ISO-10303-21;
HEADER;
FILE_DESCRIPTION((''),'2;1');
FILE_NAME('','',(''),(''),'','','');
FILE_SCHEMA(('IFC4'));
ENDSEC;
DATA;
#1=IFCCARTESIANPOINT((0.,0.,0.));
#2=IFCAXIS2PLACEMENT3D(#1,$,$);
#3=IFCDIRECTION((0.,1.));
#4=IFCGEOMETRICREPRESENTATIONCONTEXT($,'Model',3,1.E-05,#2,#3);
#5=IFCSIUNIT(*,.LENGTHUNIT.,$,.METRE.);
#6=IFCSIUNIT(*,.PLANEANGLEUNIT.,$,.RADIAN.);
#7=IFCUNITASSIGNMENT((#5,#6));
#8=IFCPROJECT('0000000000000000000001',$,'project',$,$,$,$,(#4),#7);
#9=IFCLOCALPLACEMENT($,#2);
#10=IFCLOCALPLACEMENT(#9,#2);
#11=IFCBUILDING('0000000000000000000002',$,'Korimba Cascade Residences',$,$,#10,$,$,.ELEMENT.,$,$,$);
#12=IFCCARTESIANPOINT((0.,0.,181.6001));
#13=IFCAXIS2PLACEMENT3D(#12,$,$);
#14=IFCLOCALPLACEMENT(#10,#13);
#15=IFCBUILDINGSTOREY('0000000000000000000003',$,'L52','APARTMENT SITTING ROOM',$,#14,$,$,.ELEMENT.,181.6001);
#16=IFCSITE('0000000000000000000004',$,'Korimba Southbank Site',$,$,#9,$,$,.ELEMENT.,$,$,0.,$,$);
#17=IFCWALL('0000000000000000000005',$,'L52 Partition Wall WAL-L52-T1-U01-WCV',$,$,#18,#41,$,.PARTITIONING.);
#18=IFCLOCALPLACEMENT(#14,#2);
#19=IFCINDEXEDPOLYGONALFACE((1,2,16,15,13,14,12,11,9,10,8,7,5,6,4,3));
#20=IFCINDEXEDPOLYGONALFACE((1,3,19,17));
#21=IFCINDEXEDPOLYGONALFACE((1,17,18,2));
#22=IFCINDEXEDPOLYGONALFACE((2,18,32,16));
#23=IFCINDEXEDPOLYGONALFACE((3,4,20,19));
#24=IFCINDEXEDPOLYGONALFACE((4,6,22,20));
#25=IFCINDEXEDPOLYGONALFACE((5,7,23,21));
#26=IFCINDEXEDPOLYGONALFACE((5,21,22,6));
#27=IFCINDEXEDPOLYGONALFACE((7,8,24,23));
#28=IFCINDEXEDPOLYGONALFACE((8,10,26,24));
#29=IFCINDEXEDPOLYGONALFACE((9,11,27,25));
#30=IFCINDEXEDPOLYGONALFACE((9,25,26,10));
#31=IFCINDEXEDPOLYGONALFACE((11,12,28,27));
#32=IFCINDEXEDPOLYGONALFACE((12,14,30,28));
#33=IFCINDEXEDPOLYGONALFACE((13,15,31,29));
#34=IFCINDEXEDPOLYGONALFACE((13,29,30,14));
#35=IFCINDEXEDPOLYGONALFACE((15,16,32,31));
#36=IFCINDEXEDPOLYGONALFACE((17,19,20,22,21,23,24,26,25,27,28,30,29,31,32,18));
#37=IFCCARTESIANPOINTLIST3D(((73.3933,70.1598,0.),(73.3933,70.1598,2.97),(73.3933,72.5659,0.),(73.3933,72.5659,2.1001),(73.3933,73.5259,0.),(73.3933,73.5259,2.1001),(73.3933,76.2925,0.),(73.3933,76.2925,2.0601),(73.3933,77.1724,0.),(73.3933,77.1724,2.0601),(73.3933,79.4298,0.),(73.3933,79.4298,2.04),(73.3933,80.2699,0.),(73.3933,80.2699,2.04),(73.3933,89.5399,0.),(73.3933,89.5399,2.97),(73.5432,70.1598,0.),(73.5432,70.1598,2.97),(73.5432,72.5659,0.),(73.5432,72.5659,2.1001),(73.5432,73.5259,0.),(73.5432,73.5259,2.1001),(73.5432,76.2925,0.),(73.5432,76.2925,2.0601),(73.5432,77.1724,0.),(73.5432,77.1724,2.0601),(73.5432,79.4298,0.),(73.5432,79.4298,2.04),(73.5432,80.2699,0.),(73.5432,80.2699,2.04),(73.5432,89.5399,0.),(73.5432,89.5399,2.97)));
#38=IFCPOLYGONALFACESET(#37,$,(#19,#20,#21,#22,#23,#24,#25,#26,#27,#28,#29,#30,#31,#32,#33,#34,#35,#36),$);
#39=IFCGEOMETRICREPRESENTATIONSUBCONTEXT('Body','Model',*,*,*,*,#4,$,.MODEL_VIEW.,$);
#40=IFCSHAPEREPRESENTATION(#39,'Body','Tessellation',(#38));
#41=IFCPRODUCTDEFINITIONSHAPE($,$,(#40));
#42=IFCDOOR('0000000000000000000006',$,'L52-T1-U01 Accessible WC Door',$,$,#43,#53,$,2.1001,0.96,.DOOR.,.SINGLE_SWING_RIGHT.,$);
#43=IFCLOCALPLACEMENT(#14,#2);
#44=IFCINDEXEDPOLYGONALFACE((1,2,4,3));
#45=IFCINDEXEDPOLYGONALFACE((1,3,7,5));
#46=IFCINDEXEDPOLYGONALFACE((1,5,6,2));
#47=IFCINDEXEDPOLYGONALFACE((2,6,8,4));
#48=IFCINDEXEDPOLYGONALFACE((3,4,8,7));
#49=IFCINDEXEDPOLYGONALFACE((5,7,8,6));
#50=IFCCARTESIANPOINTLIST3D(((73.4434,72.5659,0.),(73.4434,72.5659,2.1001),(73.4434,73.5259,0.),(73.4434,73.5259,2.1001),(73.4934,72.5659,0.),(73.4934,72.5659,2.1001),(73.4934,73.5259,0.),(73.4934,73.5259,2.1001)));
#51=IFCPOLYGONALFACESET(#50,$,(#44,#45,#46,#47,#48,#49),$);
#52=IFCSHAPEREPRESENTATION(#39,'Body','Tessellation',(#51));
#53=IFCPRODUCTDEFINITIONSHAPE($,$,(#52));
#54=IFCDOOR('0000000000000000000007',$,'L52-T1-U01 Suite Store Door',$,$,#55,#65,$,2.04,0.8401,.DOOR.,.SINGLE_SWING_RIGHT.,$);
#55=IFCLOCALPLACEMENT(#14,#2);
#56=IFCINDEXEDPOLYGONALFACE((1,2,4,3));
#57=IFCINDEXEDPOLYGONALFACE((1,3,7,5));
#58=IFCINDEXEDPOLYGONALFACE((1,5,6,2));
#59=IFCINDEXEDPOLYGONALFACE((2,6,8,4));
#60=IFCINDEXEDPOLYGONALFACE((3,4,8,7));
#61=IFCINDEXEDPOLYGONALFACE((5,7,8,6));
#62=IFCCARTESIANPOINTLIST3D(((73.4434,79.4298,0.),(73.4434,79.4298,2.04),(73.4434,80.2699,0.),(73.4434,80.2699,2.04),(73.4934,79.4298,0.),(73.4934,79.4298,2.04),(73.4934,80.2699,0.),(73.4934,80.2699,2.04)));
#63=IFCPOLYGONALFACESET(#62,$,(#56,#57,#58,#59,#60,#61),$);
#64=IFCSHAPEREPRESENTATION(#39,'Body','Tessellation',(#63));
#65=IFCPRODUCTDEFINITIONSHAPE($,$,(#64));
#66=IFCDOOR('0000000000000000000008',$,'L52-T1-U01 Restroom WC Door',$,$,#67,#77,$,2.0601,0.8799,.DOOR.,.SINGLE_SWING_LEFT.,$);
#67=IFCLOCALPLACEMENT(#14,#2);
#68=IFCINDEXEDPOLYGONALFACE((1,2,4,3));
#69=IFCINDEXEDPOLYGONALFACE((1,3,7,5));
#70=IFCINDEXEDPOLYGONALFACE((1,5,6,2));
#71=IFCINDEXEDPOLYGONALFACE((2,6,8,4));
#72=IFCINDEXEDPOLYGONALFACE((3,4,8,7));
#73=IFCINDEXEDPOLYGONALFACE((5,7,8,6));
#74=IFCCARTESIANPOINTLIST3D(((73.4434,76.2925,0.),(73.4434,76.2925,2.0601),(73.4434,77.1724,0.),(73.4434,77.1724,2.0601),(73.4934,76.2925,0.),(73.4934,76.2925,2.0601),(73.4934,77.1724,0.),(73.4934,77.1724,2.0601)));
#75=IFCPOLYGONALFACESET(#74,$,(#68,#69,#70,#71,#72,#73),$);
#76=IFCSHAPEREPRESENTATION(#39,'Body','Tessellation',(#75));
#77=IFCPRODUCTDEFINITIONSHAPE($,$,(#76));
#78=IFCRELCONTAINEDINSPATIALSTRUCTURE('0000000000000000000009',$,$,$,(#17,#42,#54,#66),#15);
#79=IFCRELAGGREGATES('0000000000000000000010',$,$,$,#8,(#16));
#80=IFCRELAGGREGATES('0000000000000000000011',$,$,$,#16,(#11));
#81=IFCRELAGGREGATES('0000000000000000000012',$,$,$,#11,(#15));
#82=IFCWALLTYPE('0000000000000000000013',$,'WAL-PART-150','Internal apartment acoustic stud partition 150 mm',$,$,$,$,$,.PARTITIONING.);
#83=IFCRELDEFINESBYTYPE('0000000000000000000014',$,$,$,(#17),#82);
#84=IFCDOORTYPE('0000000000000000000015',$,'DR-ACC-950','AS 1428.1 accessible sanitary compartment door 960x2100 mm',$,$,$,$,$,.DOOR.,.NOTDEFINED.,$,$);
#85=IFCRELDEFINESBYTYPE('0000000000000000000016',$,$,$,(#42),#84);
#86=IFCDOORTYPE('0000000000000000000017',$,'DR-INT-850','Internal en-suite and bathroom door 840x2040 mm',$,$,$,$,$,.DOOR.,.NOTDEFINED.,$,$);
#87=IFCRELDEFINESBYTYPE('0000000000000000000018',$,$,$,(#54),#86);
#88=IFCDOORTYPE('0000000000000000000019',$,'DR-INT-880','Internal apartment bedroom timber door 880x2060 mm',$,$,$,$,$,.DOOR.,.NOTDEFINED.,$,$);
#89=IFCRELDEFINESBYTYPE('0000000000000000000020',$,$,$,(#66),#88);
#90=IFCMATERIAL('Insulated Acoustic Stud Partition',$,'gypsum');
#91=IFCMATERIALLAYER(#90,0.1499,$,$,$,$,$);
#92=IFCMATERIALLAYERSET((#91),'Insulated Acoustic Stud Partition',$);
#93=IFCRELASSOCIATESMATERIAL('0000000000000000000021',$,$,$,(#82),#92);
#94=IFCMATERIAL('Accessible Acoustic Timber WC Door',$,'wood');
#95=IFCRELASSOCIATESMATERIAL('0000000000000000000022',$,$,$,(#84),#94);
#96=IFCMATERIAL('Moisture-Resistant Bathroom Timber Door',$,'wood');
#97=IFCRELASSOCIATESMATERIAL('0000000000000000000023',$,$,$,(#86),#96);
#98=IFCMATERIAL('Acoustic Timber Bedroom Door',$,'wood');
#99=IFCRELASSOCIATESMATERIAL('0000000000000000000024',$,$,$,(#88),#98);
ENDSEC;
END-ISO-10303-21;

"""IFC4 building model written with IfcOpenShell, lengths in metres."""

from ifc_helpers import new_model, si_unit, direction, frame, frame_2d, origin, place, context, subcontext, project, spatial, rectangle, extrude, material, layer, layer_set, type_object, element, fill, save


model = new_model("IFC4")

# Units and contexts
model_context = context("Model", 3, precision=1e-05, world=origin(), true_north=direction((0.0, 1.0)))
body_context = subcontext(model_context, "Body", "Model", "MODEL_VIEW")
ifc_project = project(units=[si_unit("LENGTHUNIT", "METRE"), si_unit("PLANEANGLEUNIT", "RADIAN")], contexts=[model_context])

# Site, building, storey
site_placement = place(None, origin())
site = spatial("IfcSite", under=ifc_project, at=site_placement, Name="Korimba Southbank Site", CompositionType="ELEMENT", RefElevation=0.0)
building_placement = place(site_placement, origin())
building = spatial("IfcBuilding", under=site, at=building_placement, Name="Korimba Cascade Residences", CompositionType="ELEMENT")
storey_placement = place(building_placement, frame((0.0, 0.0, 181.6001)))
storey = spatial("IfcBuildingStorey", under=building, at=storey_placement, Name="L52", Description="APARTMENT SITTING ROOM", CompositionType="ELEMENT", Elevation=181.6001)

# Shared definitions
ifc_material_1 = material(Name="Insulated Acoustic Stud Partition", Category="gypsum")
ifc_layer_1 = layer(ifc_material_1, 0.1499)
ifc_layer_set_1 = layer_set([ifc_layer_1], Name="Insulated Acoustic Stud Partition")
wall_type_1 = type_object("IfcWallType", Name="WAL-PART-150", Description="Internal apartment acoustic stud partition 150 mm", PredefinedType="PARTITIONING", material=ifc_layer_set_1)

# Wall, openings, doors
wall_1_placement = place(storey_placement, frame((73.4683, 70.1599, 0.0), z_axis=(0.0, 0.0, 1.0), x_axis=(0.0, 1.0, 0.0)))
wall_1 = element("IfcWall", 1, at=wall_1_placement, inside=storey, type_object=wall_type_1, Name="L52 Partition Wall WAL-L52-T1-U01-WCV", PredefinedType="PARTITIONING", context=body_context, shape_type="SweptSolid", body=[
    extrude(rectangle(XDim=19.3801, YDim=0.1499, at=frame_2d((9.6899, 0.0))), origin(), (0.0, 0.0, 1.0), 2.97),
])
opening_1_placement = place(wall_1_placement, frame((2.406, 0.0, 0.0)))
opening_1 = element("IfcOpeningElement", 2, at=opening_1_placement, cuts=wall_1, PredefinedType="OPENING", context=body_context, shape_type="SweptSolid", body=[
    extrude(rectangle(XDim=0.96, YDim=2.1001, at=frame_2d((0.48, 1.05))), frame((0.0, 0.085, 0.0), z_axis=(0.0, -1.0, 0.0), x_axis=(1.0, 0.0, 0.0)), (0.0, 0.0, 1.0), 0.1699),
])
opening_2_placement = place(wall_1_placement, frame((6.1326, 0.0, 0.0)))
opening_2 = element("IfcOpeningElement", 3, at=opening_2_placement, cuts=wall_1, PredefinedType="OPENING", context=body_context, shape_type="SweptSolid", body=[
    extrude(rectangle(XDim=0.8799, YDim=2.0601, at=frame_2d((0.4399, 1.03))), frame((0.0, 0.085, 0.0), z_axis=(0.0, -1.0, 0.0), x_axis=(1.0, 0.0, 0.0)), (0.0, 0.0, 1.0), 0.1699),
])
opening_3_placement = place(wall_1_placement, frame((9.27, 0.0, 0.0)))
opening_3 = element("IfcOpeningElement", 4, at=opening_3_placement, cuts=wall_1, PredefinedType="OPENING", context=body_context, shape_type="SweptSolid", body=[
    extrude(rectangle(XDim=0.8401, YDim=2.04, at=frame_2d((0.4199, 1.02))), frame((0.0, 0.085, 0.0), z_axis=(0.0, -1.0, 0.0), x_axis=(1.0, 0.0, 0.0)), (0.0, 0.0, 1.0), 0.1699),
])
ifc_material_2 = material(Name="Accessible Acoustic Timber WC Door", Category="wood")
door_type_1 = type_object("IfcDoorType", Name="DR-ACC-950", Description="AS 1428.1 accessible sanitary compartment door 960x2100 mm", OperationType="NOTDEFINED", PredefinedType="DOOR", material=ifc_material_2)
door_1_placement = place(opening_1_placement, origin())
door_1 = element("IfcDoor", 5, at=door_1_placement, inside=storey, type_object=door_type_1, Name="L52-T1-U01 Accessible WC Door", OperationType="SINGLE_SWING_RIGHT", OverallHeight=2.1001, OverallWidth=0.96, PredefinedType="DOOR", context=body_context, shape_type="SweptSolid", body=[
    extrude(rectangle(XDim=0.96, YDim=2.1001, at=frame_2d((0.48, 1.05))), frame((0.0, 0.0249, 0.0), z_axis=(0.0, -1.0, 0.0), x_axis=(1.0, 0.0, 0.0)), (0.0, 0.0, 1.0), 0.05),
])
fill(opening_1, door_1)
ifc_material_3 = material(Name="Moisture-Resistant Bathroom Timber Door", Category="wood")
door_type_2 = type_object("IfcDoorType", Name="DR-INT-850", Description="Internal en-suite and bathroom door 840x2040 mm", OperationType="NOTDEFINED", PredefinedType="DOOR", material=ifc_material_3)
door_2_placement = place(opening_3_placement, origin())
door_2 = element("IfcDoor", 6, at=door_2_placement, inside=storey, type_object=door_type_2, Name="L52-T1-U01 Suite Store Door", OperationType="SINGLE_SWING_RIGHT", OverallHeight=2.04, OverallWidth=0.8401, PredefinedType="DOOR", context=body_context, shape_type="SweptSolid", body=[
    extrude(rectangle(XDim=0.8401, YDim=2.04, at=frame_2d((0.4199, 1.02))), frame((0.0, 0.0249, 0.0), z_axis=(0.0, -1.0, 0.0), x_axis=(1.0, 0.0, 0.0)), (0.0, 0.0, 1.0), 0.05),
])
fill(opening_3, door_2)
ifc_material_4 = material(Name="Acoustic Timber Bedroom Door", Category="wood")
door_type_3 = type_object("IfcDoorType", Name="DR-INT-880", Description="Internal apartment bedroom timber door 880x2060 mm", OperationType="NOTDEFINED", PredefinedType="DOOR", material=ifc_material_4)
door_3_placement = place(opening_2_placement, origin())
door_3 = element("IfcDoor", 7, at=door_3_placement, inside=storey, type_object=door_type_3, Name="L52-T1-U01 Restroom WC Door", OperationType="SINGLE_SWING_LEFT", OverallHeight=2.0601, OverallWidth=0.8799, PredefinedType="DOOR", context=body_context, shape_type="SweptSolid", body=[
    extrude(rectangle(XDim=0.8799, YDim=2.0601, at=frame_2d((0.4399, 1.03))), frame((0.0, 0.0249, 0.0), z_axis=(0.0, -1.0, 0.0), x_axis=(1.0, 0.0, 0.0)), (0.0, 0.0, 1.0), 0.05),
])
fill(opening_2, door_3)

save(model, "model.ifc")
